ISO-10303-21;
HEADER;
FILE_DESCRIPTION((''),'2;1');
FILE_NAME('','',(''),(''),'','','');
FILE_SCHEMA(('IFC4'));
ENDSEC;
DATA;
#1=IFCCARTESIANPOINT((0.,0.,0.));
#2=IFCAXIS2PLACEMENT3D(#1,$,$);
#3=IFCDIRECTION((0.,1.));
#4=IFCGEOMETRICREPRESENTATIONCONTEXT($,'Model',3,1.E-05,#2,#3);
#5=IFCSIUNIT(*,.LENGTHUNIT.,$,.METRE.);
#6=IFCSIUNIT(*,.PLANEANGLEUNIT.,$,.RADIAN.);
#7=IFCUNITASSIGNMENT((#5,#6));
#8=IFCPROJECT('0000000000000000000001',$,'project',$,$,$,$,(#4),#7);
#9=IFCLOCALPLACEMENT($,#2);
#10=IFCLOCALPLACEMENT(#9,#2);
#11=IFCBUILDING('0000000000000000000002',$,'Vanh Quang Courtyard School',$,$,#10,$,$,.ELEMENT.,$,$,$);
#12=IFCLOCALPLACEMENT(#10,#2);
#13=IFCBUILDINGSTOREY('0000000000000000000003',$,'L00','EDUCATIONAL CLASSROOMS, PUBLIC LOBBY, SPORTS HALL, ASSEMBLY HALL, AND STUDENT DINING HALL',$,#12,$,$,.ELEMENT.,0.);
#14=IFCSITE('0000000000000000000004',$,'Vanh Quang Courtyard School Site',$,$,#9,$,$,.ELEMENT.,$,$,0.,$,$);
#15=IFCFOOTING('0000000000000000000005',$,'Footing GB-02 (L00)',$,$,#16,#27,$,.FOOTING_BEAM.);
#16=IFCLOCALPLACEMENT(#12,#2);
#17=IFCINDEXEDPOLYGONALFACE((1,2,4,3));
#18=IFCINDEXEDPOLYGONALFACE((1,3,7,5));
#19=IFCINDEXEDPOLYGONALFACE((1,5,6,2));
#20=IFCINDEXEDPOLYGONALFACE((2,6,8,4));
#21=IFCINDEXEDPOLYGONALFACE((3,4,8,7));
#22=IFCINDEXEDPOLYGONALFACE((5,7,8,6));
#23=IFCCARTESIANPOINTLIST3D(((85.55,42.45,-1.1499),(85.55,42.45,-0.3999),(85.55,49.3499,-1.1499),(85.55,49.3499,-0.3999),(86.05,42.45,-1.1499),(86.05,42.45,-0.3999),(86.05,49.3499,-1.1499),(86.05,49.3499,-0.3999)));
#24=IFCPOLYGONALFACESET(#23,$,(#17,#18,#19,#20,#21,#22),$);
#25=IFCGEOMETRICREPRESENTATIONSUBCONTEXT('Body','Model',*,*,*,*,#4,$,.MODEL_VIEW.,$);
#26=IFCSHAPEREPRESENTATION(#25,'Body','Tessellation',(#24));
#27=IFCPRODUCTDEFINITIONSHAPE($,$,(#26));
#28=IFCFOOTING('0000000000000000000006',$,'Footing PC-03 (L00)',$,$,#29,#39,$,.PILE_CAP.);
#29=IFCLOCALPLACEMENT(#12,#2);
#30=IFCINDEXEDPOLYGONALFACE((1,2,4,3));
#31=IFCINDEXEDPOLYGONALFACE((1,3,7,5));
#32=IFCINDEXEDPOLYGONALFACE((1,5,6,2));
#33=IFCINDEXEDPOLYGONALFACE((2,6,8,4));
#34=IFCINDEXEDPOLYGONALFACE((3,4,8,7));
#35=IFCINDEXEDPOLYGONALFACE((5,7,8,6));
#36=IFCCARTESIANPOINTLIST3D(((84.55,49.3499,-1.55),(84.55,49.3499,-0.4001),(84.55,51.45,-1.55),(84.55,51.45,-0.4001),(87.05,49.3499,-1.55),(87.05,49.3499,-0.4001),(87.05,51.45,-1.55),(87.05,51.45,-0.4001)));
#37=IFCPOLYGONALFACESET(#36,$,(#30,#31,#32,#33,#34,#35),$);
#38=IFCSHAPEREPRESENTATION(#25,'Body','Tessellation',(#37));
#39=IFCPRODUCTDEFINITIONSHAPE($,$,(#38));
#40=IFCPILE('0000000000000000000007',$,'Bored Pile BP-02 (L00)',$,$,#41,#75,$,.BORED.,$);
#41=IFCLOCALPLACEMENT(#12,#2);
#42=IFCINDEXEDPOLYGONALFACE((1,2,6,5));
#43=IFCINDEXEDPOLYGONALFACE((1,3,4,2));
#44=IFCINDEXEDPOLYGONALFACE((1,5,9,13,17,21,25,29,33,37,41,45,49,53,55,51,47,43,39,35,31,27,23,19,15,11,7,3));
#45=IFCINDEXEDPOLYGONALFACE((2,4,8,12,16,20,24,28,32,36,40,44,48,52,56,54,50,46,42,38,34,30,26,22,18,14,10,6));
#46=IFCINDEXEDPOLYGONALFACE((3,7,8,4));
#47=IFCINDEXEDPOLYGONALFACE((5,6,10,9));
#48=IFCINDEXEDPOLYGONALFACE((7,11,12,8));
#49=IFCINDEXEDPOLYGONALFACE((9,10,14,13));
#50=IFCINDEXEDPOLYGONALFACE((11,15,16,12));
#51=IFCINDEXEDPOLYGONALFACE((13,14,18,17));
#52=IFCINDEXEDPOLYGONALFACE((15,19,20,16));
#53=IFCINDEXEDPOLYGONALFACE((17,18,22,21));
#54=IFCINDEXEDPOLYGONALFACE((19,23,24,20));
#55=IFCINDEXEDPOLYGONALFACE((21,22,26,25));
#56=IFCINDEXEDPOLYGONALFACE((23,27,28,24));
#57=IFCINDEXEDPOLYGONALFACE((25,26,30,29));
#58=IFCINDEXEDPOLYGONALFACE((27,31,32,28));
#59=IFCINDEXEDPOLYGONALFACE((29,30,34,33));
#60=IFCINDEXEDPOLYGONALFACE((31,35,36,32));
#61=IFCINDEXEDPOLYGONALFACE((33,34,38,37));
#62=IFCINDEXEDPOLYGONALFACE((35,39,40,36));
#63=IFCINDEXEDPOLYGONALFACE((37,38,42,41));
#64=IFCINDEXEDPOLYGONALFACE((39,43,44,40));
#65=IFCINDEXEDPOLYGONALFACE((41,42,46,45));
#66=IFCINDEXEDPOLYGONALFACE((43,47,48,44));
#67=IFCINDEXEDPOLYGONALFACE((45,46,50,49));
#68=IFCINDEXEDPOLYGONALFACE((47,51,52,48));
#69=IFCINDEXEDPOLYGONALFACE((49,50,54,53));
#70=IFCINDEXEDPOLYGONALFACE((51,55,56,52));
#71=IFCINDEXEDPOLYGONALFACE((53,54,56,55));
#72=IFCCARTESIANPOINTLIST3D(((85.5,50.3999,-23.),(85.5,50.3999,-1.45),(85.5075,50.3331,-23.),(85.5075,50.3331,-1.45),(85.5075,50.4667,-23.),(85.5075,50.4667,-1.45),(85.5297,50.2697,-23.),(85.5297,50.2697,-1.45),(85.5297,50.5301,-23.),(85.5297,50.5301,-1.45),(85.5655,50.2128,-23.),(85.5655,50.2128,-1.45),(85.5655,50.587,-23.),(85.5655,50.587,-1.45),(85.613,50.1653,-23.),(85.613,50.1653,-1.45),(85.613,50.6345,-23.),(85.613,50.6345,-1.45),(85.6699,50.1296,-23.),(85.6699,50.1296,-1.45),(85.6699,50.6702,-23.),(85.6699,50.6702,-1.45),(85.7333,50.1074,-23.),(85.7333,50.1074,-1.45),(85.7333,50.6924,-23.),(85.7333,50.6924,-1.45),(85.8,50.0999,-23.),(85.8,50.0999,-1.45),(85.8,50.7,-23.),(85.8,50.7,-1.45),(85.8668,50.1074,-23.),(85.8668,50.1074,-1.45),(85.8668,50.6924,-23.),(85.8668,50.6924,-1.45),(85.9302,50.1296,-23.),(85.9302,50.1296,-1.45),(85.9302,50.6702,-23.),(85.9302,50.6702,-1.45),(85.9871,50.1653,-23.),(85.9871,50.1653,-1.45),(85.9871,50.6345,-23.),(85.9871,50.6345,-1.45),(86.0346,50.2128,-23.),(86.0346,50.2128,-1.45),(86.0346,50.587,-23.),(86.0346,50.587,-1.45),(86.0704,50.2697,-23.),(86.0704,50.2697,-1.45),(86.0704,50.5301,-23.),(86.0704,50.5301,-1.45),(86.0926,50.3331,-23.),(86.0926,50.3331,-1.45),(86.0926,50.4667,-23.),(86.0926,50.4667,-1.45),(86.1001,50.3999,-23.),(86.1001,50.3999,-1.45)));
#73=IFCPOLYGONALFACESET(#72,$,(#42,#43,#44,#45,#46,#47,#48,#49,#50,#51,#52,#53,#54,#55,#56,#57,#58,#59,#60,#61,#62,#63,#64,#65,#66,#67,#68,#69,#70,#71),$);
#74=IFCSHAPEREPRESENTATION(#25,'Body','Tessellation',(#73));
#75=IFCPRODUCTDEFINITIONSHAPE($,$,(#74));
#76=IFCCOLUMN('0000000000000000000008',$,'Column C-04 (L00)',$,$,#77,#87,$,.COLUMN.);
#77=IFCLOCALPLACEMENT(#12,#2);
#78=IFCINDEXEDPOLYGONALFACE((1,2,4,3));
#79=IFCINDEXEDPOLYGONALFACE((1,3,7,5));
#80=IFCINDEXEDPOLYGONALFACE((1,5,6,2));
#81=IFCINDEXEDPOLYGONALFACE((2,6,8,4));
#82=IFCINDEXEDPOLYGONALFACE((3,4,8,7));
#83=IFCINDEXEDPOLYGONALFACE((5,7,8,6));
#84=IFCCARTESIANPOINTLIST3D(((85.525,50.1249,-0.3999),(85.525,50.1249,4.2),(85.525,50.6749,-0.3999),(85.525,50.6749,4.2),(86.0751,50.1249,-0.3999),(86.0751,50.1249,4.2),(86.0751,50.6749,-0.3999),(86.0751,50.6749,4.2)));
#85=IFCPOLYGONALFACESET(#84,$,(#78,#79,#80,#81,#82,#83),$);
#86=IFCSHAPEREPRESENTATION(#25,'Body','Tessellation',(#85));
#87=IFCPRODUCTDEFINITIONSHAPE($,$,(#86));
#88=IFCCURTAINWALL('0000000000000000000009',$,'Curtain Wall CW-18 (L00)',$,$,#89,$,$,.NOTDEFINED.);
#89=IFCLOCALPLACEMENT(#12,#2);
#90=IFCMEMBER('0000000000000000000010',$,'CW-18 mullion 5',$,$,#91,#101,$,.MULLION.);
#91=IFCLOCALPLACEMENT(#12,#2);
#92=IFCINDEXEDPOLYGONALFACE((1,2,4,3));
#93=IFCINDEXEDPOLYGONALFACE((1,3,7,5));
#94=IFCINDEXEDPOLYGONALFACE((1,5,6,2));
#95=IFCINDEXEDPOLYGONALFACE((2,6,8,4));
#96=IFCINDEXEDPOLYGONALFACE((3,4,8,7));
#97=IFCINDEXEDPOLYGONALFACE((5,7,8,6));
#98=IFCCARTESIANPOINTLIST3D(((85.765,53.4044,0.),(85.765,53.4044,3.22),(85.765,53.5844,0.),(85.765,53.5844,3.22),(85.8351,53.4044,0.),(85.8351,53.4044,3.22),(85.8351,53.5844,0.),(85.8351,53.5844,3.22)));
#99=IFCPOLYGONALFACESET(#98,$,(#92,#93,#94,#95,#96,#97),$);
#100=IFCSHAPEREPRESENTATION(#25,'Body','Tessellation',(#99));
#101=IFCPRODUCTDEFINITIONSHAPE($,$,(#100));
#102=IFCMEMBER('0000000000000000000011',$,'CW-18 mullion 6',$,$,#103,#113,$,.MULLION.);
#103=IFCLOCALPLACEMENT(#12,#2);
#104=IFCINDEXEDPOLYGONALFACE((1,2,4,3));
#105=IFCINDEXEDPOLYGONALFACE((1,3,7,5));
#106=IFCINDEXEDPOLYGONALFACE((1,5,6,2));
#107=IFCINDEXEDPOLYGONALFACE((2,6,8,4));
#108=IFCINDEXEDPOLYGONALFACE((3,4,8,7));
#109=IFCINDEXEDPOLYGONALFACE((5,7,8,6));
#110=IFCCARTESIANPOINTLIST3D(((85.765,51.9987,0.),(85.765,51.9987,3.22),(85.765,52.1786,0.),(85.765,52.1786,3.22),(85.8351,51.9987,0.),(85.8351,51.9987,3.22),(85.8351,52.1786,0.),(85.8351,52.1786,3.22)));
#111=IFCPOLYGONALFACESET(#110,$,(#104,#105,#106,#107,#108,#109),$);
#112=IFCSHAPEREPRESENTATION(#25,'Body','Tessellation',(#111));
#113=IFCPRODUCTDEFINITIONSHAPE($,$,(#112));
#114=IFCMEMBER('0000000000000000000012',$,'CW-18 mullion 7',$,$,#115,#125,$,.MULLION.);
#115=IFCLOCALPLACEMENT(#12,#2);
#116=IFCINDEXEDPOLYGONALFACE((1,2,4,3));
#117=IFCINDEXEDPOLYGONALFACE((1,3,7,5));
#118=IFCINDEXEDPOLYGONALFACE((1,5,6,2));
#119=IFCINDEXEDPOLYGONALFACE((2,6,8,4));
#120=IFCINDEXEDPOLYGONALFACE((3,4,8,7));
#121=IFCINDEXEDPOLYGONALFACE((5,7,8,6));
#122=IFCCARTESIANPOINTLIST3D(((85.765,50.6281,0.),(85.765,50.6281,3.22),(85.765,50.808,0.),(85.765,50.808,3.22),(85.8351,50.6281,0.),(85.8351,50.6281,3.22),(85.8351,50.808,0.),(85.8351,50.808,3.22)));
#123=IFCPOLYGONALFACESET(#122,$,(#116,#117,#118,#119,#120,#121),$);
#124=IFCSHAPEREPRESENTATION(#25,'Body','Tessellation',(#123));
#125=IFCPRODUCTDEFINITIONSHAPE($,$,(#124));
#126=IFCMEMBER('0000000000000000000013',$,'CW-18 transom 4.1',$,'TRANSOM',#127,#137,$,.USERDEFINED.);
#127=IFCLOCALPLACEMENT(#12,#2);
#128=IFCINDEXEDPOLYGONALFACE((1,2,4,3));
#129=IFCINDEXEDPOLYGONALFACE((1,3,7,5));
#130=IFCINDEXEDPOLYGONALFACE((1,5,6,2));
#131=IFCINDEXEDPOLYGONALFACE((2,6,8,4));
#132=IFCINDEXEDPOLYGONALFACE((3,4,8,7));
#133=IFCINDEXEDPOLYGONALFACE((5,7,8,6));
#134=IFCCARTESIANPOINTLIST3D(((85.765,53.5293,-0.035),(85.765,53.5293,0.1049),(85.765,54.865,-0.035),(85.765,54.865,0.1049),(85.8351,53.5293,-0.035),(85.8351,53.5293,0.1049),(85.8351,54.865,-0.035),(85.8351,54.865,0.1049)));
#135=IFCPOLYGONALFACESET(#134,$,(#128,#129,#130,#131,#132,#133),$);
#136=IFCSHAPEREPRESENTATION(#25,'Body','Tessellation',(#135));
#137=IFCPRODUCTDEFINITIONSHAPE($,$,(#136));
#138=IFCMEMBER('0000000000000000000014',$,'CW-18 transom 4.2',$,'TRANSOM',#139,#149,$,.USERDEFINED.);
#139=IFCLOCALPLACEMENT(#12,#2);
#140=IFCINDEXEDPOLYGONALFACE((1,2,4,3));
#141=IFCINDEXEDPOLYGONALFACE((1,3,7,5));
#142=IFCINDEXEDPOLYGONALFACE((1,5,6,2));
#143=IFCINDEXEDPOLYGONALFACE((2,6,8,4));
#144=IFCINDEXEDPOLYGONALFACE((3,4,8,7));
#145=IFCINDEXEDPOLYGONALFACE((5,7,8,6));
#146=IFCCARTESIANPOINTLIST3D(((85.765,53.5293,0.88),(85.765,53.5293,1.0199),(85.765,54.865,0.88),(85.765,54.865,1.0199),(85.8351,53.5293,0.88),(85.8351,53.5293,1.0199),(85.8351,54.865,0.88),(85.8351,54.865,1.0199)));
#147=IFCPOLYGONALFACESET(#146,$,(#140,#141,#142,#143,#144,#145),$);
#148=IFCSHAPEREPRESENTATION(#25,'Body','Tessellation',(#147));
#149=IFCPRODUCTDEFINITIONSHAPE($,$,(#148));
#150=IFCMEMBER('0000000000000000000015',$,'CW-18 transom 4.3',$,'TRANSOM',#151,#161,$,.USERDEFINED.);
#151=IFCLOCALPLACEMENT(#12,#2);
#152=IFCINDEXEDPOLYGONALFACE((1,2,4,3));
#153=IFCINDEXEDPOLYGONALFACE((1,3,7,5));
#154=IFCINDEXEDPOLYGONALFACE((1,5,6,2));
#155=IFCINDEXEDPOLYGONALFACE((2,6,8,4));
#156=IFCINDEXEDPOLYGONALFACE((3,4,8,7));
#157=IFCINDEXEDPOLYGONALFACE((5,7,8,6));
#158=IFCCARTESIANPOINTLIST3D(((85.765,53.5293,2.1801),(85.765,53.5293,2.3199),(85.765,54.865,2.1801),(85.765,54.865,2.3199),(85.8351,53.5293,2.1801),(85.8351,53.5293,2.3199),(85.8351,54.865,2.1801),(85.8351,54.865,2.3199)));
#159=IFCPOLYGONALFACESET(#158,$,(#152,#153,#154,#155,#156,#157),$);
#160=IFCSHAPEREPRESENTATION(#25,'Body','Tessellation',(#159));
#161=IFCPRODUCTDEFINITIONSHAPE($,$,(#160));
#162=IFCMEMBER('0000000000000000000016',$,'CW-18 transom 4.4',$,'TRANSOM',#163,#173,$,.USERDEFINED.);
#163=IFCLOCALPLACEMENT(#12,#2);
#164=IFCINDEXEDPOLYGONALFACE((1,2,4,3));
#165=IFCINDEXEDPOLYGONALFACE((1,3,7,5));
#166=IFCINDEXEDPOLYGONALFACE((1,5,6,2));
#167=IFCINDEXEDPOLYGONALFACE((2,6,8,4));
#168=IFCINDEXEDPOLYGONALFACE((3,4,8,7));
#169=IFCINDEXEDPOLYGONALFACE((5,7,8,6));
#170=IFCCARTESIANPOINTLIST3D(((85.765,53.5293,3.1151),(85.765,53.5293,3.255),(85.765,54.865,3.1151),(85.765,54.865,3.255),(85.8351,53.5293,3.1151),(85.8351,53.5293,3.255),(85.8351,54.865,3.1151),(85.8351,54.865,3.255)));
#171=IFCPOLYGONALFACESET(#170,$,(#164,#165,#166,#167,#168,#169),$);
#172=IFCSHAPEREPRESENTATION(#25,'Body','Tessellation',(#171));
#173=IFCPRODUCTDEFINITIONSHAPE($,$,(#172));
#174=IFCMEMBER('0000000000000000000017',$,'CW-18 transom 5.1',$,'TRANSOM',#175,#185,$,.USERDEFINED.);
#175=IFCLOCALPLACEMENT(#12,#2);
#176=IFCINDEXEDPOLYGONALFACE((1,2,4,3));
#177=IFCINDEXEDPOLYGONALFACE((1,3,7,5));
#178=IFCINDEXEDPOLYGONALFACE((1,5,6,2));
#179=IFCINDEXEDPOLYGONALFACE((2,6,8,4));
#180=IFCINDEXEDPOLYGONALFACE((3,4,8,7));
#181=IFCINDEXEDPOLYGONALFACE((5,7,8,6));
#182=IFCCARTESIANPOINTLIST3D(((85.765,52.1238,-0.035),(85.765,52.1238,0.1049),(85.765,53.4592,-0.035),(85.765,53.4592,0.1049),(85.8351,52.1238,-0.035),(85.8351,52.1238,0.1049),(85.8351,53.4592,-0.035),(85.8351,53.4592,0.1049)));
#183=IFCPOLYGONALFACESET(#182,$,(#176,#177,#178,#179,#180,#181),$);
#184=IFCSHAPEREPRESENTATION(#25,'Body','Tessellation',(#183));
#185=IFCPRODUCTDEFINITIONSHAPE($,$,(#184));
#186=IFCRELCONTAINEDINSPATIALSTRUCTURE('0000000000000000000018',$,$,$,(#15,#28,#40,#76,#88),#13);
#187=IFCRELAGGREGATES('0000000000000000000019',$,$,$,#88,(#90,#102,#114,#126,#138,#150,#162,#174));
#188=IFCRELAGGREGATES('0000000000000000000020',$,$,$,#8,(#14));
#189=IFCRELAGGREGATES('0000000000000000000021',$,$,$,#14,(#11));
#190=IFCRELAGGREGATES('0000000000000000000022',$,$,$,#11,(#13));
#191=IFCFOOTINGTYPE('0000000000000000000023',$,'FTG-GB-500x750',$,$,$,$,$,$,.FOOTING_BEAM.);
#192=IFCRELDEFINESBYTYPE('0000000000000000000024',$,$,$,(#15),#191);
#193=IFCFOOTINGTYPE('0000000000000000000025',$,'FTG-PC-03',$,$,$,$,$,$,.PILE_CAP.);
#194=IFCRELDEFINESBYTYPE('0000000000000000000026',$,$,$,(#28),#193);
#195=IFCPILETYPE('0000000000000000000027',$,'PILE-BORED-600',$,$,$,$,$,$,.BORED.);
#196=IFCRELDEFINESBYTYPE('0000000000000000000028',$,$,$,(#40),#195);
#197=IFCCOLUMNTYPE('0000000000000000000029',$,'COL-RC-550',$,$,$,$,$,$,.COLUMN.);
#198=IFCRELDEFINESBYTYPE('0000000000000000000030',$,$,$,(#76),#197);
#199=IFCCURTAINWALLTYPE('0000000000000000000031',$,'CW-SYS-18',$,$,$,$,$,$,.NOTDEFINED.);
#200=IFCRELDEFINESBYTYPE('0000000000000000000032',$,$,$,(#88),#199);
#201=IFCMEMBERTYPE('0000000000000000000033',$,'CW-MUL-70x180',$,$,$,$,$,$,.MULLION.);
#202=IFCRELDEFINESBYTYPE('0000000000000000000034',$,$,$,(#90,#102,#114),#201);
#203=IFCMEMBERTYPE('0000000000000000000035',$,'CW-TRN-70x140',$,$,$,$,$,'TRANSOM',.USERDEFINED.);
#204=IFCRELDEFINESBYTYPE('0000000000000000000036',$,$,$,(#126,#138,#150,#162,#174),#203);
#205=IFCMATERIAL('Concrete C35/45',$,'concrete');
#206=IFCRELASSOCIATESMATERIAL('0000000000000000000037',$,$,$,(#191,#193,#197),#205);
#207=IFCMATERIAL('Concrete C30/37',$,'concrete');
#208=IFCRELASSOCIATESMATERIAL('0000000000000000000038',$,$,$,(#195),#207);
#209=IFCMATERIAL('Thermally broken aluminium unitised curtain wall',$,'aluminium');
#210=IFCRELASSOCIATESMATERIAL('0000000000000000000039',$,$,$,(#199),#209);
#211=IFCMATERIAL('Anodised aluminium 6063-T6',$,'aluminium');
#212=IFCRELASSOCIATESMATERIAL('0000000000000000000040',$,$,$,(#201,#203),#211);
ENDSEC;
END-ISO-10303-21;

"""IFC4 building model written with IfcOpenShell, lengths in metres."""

from ifc_helpers import new_model, si_unit, direction, frame, origin, origin_2d, place, context, subcontext, project, spatial, rectangle, circle, extrude, material, material_profile, profile_set, type_object, element, aggregate, save


model = new_model("IFC4")

# Units and contexts
model_context = context("Model", 3, precision=1e-05, world=origin(), true_north=direction((0.0, 1.0)))
body_context = subcontext(model_context, "Body", "Model", "MODEL_VIEW")
ifc_project = project(units=[si_unit("LENGTHUNIT", "METRE"), si_unit("PLANEANGLEUNIT", "RADIAN")], contexts=[model_context])

# Site, building, storey
site_placement = place(None, origin())
site = spatial("IfcSite", under=ifc_project, at=site_placement, Name="Vanh Quang Courtyard School Site", CompositionType="ELEMENT", RefElevation=0.0)
building_placement = place(site_placement, origin())
building = spatial("IfcBuilding", under=site, at=building_placement, Name="Vanh Quang Courtyard School", CompositionType="ELEMENT")
storey_placement = place(building_placement, origin())
storey = spatial("IfcBuildingStorey", under=building, at=storey_placement, Name="L00", Description="EDUCATIONAL CLASSROOMS, PUBLIC LOBBY, SPORTS HALL, ASSEMBLY HALL, AND STUDENT DINING HALL", CompositionType="ELEMENT", Elevation=0.0)

# Footings
ifc_material_1 = material(Name="Concrete C35/45", Category="concrete")
footing_type_1 = type_object("IfcFootingType", Name="FTG-GB-500x750", PredefinedType="FOOTING_BEAM", material=ifc_material_1)
footing_1_placement = place(storey_placement, frame((85.8, 45.8999, -1.1499), z_axis=(0.0, 0.0, 1.0), x_axis=(0.0, 1.0, 0.0)))
element("IfcFooting", 1, at=footing_1_placement, inside=storey, type_object=footing_type_1, Name="Footing GB-02 (L00)", PredefinedType="FOOTING_BEAM", context=body_context, shape_type="SweptSolid", body=[
    extrude(rectangle(XDim=6.8999, YDim=0.5, at=origin_2d()), origin(), (0.0, 0.0, 1.0), 0.75),
])
footing_type_2 = type_object("IfcFootingType", Name="FTG-PC-03", PredefinedType="PILE_CAP", material=ifc_material_1)
footing_2_placement = place(storey_placement, frame((85.8, 50.3999, -1.55), z_axis=(0.0, 0.0, 1.0), x_axis=(1.0, 0.0, 0.0)))
element("IfcFooting", 2, at=footing_2_placement, inside=storey, type_object=footing_type_2, Name="Footing PC-03 (L00)", PredefinedType="PILE_CAP", context=body_context, shape_type="SweptSolid", body=[
    extrude(rectangle(XDim=2.5, YDim=2.1001, at=origin_2d()), origin(), (0.0, 0.0, 1.0), 1.1499),
])

# Pile
ifc_material_2 = material(Name="Concrete C30/37", Category="concrete")
ifc_material_profile_1 = material_profile(ifc_material_2, circle(Radius=0.3, at=origin_2d()), Name="PILE D600")
ifc_profile_set_1 = profile_set([ifc_material_profile_1], Name="Concrete C30/37")
pile_type = type_object("IfcPileType", Name="PILE-BORED-600", PredefinedType="BORED", material=ifc_profile_set_1)
pile_placement = place(storey_placement, frame((85.8, 50.3999, -1.45), z_axis=(0.0, 0.0, -1.0), x_axis=(1.0, 0.0, 0.0)))
element("IfcPile", 3, at=pile_placement, inside=storey, type_object=pile_type, Name="Bored Pile BP-02 (L00)", PredefinedType="BORED", context=body_context, shape_type="SweptSolid", body=[
    extrude(circle(Radius=0.3, at=origin_2d()), origin(), (0.0, 0.0, 1.0), 21.55),
])

# Column
ifc_material_profile_2 = material_profile(ifc_material_1, rectangle(XDim=0.55, YDim=0.55, at=origin_2d()), Name="RC-COL 550x550")
ifc_profile_set_2 = profile_set([ifc_material_profile_2], Name="Concrete C35/45")
column_type = type_object("IfcColumnType", Name="COL-RC-550", PredefinedType="COLUMN", material=ifc_profile_set_2)
column_placement = place(storey_placement, frame((85.8, 50.3999, -0.3999), z_axis=(0.0, 0.0, 1.0), x_axis=(1.0, 0.0, 0.0)))
element("IfcColumn", 4, at=column_placement, inside=storey, type_object=column_type, Name="Column C-04 (L00)", PredefinedType="COLUMN", context=body_context, shape_type="SweptSolid", body=[
    extrude(rectangle(XDim=0.55, YDim=0.55, at=origin_2d()), origin(), (0.0, 0.0, 1.0), 4.5999),
])

# Curtain wall, members
ifc_material_3 = material(Name="Thermally broken aluminium unitised curtain wall", Category="aluminium")
curtain_wall_type = type_object("IfcCurtainWallType", Name="CW-SYS-18", PredefinedType="NOTDEFINED", material=ifc_material_3)
curtain_wall_placement = place(storey_placement, origin())
curtain_wall = element("IfcCurtainWall", 5, at=curtain_wall_placement, inside=storey, type_object=curtain_wall_type, Name="Curtain Wall CW-18 (L00)", PredefinedType="NOTDEFINED")
ifc_material_4 = material(Name="Anodised aluminium 6063-T6", Category="aluminium")
ifc_material_profile_3 = material_profile(ifc_material_4, rectangle(XDim=0.0701, YDim=0.1799, at=origin_2d()), Name="ALU-MUL 70x180")
ifc_profile_set_3 = profile_set([ifc_material_profile_3], Name="Anodised aluminium 6063-T6")
member_type_1 = type_object("IfcMemberType", Name="CW-MUL-70x180", PredefinedType="MULLION", material=ifc_profile_set_3)
member_1_placement = place(storey_placement, frame((85.8, 53.4944, 0.0), z_axis=(0.0, 0.0, 1.0), x_axis=(1.0, 0.0, 0.0)))
member_1 = element("IfcMember", 6, at=member_1_placement, type_object=member_type_1, Name="CW-18 mullion 5", PredefinedType="MULLION", context=body_context, shape_type="SweptSolid", body=[
    extrude(rectangle(XDim=0.0701, YDim=0.1799, at=origin_2d()), origin(), (0.0, 0.0, 1.0), 3.22),
])
member_2_placement = place(storey_placement, frame((85.8, 52.0886, 0.0), z_axis=(0.0, 0.0, 1.0), x_axis=(1.0, 0.0, 0.0)))
member_2 = element("IfcMember", 7, at=member_2_placement, type_object=member_type_1, Name="CW-18 mullion 6", PredefinedType="MULLION", context=body_context, shape_type="SweptSolid", body=[
    extrude(rectangle(XDim=0.0701, YDim=0.1799, at=origin_2d()), origin(), (0.0, 0.0, 1.0), 3.22),
])
member_3_placement = place(storey_placement, frame((85.8, 50.718, 0.0), z_axis=(0.0, 0.0, 1.0), x_axis=(1.0, 0.0, 0.0)))
member_3 = element("IfcMember", 8, at=member_3_placement, type_object=member_type_1, Name="CW-18 mullion 7", PredefinedType="MULLION", context=body_context, shape_type="SweptSolid", body=[
    extrude(rectangle(XDim=0.0701, YDim=0.1799, at=origin_2d()), origin(), (0.0, 0.0, 1.0), 3.22),
])
ifc_material_profile_4 = material_profile(ifc_material_4, rectangle(XDim=0.0701, YDim=0.1399, at=origin_2d()), Name="ALU-TRN 70x140")
ifc_profile_set_4 = profile_set([ifc_material_profile_4], Name="Anodised aluminium 6063-T6")
member_type_2 = type_object("IfcMemberType", Name="CW-TRN-70x140", ElementType="TRANSOM", PredefinedType="USERDEFINED", material=ifc_profile_set_4)
member_4_placement = place(storey_placement, frame((85.8, 54.865, 0.0349), z_axis=(0.0, -1.0, 0.0), x_axis=(1.0, 0.0, 0.0)))
member_4 = element("IfcMember", 9, at=member_4_placement, type_object=member_type_2, Name="CW-18 transom 4.1", ObjectType="TRANSOM", PredefinedType="USERDEFINED", context=body_context, shape_type="SweptSolid", body=[
    extrude(rectangle(XDim=0.0701, YDim=0.1399, at=origin_2d()), origin(), (0.0, 0.0, 1.0), 1.3357),
])
member_5_placement = place(storey_placement, frame((85.8, 54.865, 0.95), z_axis=(0.0, -1.0, 0.0), x_axis=(1.0, 0.0, 0.0)))
member_5 = element("IfcMember", 10, at=member_5_placement, type_object=member_type_2, Name="CW-18 transom 4.2", ObjectType="TRANSOM", PredefinedType="USERDEFINED", context=body_context, shape_type="SweptSolid", body=[
    extrude(rectangle(XDim=0.0701, YDim=0.1399, at=origin_2d()), origin(), (0.0, 0.0, 1.0), 1.3357),
])
member_6_placement = place(storey_placement, frame((85.8, 54.865, 2.25), z_axis=(0.0, -1.0, 0.0), x_axis=(1.0, 0.0, 0.0)))
member_6 = element("IfcMember", 11, at=member_6_placement, type_object=member_type_2, Name="CW-18 transom 4.3", ObjectType="TRANSOM", PredefinedType="USERDEFINED", context=body_context, shape_type="SweptSolid", body=[
    extrude(rectangle(XDim=0.0701, YDim=0.1399, at=origin_2d()), origin(), (0.0, 0.0, 1.0), 1.3357),
])
member_7_placement = place(storey_placement, frame((85.8, 54.865, 3.1851), z_axis=(0.0, -1.0, 0.0), x_axis=(1.0, 0.0, 0.0)))
member_7 = element("IfcMember", 12, at=member_7_placement, type_object=member_type_2, Name="CW-18 transom 4.4", ObjectType="TRANSOM", PredefinedType="USERDEFINED", context=body_context, shape_type="SweptSolid", body=[
    extrude(rectangle(XDim=0.0701, YDim=0.1399, at=origin_2d()), origin(), (0.0, 0.0, 1.0), 1.3357),
])
member_8_placement = place(storey_placement, frame((85.8, 53.4592, 0.0349), z_axis=(0.0, -1.0, 0.0), x_axis=(1.0, 0.0, 0.0)))
member_8 = element("IfcMember", 13, at=member_8_placement, type_object=member_type_2, Name="CW-18 transom 5.1", ObjectType="TRANSOM", PredefinedType="USERDEFINED", context=body_context, shape_type="SweptSolid", body=[
    extrude(rectangle(XDim=0.0701, YDim=0.1399, at=origin_2d()), origin(), (0.0, 0.0, 1.0), 1.3354),
])
aggregate(curtain_wall, [member_1, member_2, member_3, member_4, member_5, member_6, member_7, member_8])

save(model, "model.ifc")
